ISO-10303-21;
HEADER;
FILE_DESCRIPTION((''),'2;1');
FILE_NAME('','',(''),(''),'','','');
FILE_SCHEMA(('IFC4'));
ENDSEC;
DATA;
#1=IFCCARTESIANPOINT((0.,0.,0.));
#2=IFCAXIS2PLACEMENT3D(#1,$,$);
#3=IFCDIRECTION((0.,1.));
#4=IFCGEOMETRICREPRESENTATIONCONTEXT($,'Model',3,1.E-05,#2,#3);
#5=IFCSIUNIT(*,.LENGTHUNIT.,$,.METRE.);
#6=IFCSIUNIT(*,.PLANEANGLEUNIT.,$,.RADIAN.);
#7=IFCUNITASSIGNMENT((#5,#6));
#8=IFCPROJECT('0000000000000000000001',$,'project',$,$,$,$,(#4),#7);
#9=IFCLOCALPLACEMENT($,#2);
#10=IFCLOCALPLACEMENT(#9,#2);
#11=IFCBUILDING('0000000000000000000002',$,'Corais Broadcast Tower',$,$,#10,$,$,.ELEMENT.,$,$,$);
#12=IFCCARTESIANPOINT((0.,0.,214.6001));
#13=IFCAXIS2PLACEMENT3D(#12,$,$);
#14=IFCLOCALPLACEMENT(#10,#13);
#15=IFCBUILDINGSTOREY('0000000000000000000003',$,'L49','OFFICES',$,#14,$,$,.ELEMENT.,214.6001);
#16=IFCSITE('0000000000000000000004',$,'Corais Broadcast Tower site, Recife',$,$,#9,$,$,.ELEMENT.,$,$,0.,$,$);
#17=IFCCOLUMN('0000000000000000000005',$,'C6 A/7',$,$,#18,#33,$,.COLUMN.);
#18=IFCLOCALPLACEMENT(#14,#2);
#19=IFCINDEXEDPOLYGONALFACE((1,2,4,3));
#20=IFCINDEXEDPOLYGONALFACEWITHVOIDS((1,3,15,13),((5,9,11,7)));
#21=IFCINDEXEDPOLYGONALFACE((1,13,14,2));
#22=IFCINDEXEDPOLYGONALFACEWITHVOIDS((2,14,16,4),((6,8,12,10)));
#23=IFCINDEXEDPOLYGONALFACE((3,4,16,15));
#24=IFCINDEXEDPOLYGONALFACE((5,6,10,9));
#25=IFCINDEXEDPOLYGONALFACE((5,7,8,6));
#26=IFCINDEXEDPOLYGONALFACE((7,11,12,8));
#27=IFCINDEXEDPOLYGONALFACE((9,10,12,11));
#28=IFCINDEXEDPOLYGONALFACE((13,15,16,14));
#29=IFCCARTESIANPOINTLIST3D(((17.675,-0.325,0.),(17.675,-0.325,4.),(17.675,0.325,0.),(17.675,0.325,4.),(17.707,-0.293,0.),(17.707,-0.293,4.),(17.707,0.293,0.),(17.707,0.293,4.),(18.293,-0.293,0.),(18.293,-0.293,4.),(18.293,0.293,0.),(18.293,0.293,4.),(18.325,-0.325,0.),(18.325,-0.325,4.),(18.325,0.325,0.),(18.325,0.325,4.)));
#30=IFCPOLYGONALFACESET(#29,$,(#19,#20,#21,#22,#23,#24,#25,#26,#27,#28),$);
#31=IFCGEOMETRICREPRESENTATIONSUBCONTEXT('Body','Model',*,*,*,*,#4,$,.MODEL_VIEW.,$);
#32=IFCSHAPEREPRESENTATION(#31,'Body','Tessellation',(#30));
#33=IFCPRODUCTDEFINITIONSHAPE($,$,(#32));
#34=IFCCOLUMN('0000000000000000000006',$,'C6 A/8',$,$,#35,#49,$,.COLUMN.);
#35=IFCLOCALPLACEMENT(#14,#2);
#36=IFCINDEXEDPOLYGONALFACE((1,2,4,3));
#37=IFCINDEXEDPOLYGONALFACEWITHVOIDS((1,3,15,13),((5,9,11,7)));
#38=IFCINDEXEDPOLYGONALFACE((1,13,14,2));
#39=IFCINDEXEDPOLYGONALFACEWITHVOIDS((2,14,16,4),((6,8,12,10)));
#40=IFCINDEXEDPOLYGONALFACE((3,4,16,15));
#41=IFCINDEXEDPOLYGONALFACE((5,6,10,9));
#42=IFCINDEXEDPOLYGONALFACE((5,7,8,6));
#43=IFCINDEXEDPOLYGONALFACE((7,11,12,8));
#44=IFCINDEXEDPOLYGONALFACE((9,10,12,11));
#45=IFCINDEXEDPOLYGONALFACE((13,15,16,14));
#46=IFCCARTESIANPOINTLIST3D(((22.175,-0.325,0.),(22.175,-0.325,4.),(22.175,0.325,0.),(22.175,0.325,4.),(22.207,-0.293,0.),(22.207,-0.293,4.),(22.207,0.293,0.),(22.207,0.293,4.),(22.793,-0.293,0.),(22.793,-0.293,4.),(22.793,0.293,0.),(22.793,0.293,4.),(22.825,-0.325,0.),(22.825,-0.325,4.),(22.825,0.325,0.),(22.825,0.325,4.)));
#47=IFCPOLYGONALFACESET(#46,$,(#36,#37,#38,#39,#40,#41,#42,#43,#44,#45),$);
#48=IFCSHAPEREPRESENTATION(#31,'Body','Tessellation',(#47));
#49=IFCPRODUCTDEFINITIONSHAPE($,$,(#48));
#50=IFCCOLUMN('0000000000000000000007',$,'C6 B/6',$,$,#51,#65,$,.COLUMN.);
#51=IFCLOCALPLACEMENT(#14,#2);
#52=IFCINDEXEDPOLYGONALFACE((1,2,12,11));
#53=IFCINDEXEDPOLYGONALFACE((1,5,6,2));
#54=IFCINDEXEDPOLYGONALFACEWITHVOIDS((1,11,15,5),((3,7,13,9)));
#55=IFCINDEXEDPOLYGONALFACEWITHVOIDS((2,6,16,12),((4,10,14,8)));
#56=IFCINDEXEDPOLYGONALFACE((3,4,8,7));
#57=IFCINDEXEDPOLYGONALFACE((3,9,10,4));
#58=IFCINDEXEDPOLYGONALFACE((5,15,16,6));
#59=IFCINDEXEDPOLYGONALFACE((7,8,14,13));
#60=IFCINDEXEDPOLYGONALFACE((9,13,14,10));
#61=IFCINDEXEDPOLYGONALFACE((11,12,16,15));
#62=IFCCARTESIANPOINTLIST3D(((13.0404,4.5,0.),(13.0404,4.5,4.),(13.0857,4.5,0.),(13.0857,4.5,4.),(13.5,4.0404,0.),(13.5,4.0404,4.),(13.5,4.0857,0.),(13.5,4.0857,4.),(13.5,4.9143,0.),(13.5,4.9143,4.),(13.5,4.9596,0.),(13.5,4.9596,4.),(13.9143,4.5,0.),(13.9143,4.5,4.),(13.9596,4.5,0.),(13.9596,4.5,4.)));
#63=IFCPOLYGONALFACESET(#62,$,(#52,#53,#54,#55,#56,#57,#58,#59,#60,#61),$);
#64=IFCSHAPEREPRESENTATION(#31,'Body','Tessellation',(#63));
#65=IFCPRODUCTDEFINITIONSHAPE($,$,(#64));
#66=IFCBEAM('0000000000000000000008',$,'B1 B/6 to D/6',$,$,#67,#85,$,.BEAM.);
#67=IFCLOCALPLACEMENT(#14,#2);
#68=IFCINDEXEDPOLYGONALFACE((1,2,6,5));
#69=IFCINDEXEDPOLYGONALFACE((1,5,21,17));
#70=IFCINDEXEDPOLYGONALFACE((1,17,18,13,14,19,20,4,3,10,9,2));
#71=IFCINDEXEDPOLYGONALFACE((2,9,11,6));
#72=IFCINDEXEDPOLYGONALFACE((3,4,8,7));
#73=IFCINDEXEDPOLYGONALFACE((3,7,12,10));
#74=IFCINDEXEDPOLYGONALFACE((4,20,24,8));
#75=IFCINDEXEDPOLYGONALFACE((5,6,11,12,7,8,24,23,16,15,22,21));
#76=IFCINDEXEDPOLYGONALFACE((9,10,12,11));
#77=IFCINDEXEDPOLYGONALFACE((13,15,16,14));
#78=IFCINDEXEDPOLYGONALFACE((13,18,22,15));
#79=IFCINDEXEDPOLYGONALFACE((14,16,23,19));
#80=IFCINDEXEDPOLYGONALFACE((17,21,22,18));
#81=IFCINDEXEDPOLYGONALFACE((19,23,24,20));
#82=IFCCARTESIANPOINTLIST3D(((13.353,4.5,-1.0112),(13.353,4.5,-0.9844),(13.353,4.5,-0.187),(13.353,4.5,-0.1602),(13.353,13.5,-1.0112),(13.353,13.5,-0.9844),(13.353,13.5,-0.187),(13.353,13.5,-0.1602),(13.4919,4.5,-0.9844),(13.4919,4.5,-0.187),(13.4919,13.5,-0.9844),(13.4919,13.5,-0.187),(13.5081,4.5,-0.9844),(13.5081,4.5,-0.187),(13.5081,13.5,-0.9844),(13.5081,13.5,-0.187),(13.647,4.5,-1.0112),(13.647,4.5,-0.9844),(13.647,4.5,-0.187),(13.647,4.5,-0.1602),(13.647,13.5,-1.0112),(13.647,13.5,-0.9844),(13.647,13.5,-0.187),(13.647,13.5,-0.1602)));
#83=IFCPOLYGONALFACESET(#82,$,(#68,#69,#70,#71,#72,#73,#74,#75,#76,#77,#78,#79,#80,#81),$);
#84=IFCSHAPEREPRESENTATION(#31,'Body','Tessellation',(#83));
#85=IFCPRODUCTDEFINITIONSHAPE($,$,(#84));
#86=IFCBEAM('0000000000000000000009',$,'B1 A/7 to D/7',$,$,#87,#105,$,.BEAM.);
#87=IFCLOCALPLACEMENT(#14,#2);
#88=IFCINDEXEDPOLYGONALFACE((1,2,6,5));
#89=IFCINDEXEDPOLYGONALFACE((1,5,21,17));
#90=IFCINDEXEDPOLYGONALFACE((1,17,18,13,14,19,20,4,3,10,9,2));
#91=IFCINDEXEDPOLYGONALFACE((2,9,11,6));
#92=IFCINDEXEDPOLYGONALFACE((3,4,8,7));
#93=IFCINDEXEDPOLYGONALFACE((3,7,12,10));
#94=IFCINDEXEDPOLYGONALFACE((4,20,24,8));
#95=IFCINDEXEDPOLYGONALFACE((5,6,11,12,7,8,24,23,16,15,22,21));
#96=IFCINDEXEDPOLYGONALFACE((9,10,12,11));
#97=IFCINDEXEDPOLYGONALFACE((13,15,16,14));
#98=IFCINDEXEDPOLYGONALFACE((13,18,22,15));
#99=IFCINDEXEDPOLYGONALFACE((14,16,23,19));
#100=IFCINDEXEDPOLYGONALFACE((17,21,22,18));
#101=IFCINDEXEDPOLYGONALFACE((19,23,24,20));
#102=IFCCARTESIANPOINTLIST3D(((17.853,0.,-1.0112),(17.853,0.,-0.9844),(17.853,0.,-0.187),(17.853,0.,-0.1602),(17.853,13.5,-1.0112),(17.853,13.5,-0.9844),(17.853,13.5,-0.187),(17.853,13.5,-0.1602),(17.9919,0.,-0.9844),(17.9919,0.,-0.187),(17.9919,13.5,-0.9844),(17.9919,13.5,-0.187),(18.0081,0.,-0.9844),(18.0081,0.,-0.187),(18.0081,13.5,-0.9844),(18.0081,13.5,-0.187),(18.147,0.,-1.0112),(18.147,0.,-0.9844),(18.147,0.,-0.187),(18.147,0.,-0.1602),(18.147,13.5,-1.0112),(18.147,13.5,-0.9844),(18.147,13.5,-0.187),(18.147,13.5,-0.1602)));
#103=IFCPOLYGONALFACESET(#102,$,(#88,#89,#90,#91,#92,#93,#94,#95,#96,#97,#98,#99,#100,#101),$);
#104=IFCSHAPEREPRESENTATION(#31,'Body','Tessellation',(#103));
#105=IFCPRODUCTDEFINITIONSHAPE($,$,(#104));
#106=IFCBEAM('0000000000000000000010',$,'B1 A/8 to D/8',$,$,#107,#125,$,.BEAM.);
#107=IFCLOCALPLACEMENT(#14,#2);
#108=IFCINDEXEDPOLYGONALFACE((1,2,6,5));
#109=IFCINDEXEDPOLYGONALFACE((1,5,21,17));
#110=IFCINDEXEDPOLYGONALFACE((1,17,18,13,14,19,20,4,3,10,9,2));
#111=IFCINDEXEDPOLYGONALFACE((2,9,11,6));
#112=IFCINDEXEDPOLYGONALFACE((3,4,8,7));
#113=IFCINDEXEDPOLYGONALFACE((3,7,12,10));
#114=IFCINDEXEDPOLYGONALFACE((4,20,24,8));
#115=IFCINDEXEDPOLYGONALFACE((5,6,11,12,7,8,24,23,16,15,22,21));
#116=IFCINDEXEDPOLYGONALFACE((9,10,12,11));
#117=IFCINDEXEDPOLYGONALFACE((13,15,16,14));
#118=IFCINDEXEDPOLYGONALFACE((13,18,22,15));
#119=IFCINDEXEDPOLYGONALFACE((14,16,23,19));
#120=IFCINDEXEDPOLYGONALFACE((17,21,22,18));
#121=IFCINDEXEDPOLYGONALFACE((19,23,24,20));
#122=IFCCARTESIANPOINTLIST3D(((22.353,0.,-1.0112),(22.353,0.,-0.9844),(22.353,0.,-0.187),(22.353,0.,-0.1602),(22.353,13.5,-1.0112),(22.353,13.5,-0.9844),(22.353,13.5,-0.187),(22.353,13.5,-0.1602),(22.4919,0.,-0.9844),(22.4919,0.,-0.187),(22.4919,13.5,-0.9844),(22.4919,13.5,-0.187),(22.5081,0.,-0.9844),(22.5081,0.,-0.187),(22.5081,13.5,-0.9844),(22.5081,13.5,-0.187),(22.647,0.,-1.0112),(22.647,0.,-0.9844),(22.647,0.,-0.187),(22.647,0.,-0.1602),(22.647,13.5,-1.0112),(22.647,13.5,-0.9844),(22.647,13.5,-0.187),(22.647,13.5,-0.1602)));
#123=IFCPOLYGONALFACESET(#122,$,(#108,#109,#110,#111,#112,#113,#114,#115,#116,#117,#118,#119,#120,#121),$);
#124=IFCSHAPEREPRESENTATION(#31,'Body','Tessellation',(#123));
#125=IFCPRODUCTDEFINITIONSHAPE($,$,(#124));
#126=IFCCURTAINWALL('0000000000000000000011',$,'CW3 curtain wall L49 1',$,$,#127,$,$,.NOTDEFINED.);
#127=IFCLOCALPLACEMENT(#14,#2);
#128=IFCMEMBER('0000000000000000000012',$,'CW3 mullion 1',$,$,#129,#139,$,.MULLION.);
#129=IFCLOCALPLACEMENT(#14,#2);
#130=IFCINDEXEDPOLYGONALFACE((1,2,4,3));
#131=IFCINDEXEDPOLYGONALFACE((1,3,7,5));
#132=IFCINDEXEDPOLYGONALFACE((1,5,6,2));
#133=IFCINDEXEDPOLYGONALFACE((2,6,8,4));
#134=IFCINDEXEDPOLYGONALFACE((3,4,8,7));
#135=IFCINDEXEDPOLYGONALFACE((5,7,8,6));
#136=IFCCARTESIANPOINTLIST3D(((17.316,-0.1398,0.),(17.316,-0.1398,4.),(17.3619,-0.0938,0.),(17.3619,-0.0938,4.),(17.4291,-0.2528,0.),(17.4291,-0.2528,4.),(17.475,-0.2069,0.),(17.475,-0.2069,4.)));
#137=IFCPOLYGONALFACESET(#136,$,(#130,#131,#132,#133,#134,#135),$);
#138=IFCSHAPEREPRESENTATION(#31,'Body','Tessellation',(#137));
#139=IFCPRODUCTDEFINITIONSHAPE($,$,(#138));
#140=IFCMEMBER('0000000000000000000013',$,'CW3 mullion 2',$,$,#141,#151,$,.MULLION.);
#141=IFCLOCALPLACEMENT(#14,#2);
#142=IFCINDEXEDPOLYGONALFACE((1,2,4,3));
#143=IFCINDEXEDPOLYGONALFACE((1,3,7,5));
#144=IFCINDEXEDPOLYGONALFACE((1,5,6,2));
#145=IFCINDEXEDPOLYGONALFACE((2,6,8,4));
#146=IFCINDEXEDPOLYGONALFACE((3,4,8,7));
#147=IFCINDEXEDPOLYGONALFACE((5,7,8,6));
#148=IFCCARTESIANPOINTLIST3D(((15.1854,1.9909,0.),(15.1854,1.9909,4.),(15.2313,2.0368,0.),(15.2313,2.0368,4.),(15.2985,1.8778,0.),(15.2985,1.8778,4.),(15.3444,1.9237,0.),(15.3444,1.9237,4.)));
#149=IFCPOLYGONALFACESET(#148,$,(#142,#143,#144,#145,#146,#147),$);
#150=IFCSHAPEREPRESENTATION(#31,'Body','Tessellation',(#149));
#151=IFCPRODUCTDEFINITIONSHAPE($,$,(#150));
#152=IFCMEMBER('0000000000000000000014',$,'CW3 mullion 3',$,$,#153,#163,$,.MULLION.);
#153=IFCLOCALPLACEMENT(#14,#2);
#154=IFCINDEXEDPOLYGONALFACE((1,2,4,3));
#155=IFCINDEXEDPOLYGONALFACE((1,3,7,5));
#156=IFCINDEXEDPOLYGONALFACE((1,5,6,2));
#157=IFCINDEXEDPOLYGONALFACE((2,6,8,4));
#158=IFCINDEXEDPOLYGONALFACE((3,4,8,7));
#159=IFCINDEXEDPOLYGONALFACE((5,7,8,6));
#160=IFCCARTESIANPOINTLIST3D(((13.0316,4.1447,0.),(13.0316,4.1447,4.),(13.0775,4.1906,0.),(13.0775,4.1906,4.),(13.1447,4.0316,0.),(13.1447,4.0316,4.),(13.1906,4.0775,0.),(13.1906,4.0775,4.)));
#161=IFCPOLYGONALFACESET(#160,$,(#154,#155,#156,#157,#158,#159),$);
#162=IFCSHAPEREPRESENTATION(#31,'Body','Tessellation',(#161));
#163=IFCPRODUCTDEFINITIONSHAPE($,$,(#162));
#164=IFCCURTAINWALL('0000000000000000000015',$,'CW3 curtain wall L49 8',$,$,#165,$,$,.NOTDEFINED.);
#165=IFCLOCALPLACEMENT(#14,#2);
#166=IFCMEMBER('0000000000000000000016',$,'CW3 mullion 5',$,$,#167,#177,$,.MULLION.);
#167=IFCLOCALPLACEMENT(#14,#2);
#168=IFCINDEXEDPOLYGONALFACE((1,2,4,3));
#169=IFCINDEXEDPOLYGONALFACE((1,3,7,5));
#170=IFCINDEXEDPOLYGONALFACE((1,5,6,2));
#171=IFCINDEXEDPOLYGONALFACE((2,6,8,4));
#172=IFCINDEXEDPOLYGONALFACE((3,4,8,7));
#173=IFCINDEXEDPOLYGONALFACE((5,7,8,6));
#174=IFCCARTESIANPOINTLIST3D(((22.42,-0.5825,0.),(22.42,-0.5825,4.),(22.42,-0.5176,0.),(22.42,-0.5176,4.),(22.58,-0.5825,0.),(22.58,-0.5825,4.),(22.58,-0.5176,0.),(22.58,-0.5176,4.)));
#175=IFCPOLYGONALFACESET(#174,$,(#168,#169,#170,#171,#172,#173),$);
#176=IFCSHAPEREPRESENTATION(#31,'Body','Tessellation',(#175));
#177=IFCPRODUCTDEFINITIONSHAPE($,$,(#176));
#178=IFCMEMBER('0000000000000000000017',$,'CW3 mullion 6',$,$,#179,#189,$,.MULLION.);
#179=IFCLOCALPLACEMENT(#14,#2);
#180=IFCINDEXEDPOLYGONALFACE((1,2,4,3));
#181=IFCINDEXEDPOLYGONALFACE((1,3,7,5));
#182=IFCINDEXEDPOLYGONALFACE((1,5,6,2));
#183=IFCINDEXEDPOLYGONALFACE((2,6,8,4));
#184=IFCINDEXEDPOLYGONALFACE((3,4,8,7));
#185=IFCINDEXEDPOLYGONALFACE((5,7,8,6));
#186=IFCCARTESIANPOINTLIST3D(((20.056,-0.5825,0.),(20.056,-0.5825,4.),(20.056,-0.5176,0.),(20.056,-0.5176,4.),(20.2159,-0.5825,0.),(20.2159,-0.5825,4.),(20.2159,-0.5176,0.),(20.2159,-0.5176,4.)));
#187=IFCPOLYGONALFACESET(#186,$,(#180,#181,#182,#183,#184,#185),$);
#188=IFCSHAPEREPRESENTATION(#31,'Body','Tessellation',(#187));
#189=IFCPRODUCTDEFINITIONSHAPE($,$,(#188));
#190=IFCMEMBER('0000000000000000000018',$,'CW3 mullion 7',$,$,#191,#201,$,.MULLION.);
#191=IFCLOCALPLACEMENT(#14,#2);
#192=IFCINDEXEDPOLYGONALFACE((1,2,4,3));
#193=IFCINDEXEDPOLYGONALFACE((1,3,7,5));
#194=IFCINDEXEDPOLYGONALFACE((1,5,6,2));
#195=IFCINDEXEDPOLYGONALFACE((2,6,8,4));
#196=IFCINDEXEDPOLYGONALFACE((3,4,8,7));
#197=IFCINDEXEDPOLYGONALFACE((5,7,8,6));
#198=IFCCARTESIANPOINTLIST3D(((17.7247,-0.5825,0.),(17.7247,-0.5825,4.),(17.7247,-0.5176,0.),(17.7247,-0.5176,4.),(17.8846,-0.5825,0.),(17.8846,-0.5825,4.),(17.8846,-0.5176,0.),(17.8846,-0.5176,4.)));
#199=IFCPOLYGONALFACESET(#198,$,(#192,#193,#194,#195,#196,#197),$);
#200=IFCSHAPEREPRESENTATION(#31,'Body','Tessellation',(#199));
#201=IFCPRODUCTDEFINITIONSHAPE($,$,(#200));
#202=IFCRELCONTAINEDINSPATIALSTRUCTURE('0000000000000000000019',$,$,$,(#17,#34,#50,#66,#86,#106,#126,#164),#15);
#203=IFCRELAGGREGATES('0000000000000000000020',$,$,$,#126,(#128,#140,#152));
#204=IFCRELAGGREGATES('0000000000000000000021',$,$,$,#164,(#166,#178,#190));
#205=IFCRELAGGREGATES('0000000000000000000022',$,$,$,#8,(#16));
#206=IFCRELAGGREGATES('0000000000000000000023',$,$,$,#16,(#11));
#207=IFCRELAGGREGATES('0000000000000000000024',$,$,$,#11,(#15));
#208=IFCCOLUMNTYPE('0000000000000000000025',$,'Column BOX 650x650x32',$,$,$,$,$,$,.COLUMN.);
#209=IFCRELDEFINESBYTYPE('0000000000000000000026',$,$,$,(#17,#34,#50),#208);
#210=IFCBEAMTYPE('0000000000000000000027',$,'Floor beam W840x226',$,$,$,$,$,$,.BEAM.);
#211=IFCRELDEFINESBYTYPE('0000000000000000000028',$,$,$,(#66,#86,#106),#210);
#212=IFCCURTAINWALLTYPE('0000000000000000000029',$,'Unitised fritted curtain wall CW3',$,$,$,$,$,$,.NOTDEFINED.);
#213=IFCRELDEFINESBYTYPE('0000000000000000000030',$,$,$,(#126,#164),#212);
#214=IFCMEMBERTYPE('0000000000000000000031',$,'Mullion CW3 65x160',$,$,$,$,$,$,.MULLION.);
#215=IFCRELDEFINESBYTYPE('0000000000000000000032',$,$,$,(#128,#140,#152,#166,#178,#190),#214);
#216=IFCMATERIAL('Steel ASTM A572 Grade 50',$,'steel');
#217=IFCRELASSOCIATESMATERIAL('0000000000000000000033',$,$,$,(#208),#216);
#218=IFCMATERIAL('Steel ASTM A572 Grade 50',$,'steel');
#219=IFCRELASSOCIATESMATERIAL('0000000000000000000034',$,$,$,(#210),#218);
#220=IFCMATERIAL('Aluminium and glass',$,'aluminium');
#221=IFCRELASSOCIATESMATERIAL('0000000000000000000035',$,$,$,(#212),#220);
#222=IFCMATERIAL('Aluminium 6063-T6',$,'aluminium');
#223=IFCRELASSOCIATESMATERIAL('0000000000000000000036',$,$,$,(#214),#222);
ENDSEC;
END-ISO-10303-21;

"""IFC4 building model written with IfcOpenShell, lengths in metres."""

from ifc_helpers import new_model, si_unit, direction, frame, origin, origin_2d, place, context, subcontext, project, spatial, rectangle, hollow_rectangle, i_section, extrude, material, material_profile, profile_set, type_object, element, aggregate, save


model = new_model("IFC4")

# Units and contexts
model_context = context("Model", 3, precision=1e-05, world=origin(), true_north=direction((0.0, 1.0)))
body_context = subcontext(model_context, "Body", "Model", "MODEL_VIEW")
ifc_project = project(units=[si_unit("LENGTHUNIT", "METRE"), si_unit("PLANEANGLEUNIT", "RADIAN")], contexts=[model_context])

# Site, building, storey
site_placement = place(None, origin())
site = spatial("IfcSite", under=ifc_project, at=site_placement, Name="Corais Broadcast Tower site, Recife", CompositionType="ELEMENT", RefElevation=0.0)
building_placement = place(site_placement, origin())
building = spatial("IfcBuilding", under=site, at=building_placement, Name="Corais Broadcast Tower", CompositionType="ELEMENT")
storey_placement = place(building_placement, frame((0.0, 0.0, 214.6001)))
storey = spatial("IfcBuildingStorey", under=building, at=storey_placement, Name="L49", Description="OFFICES", CompositionType="ELEMENT", Elevation=214.6001)

# Columns
ifc_material_1 = material(Name="Steel ASTM A572 Grade 50", Category="steel")
ifc_material_profile_1 = material_profile(ifc_material_1, hollow_rectangle(XDim=0.6499, YDim=0.6499, WallThickness=0.032, at=origin_2d()), Name="BOX 650x650x32")
ifc_profile_set_1 = profile_set([ifc_material_profile_1], Name="Steel ASTM A572 Grade 50")
column_type = type_object("IfcColumnType", Name="Column BOX 650x650x32", PredefinedType="COLUMN", material=ifc_profile_set_1)
for number, where, z_axis, x_axis, name in (
    (1, (18.0, 0.0, 0.0), (0.0, 0.0, 1.0), (1.0, 0.0, 0.0), "C6 A/7"),
    (2, (22.5, 0.0, 0.0), (0.0, 0.0, 1.0), (1.0, 0.0, 0.0), "C6 A/8"),
    (3, (13.5, 4.5, 0.0), (0.0, 0.0, 1.0), (0.707107, 0.707107, 0.0), "C6 B/6"),
):
    element("IfcColumn", number, at=place(storey_placement, frame(where, z_axis=z_axis, x_axis=x_axis)), inside=storey, type_object=column_type, Name=name, PredefinedType="COLUMN", context=body_context, shape_type="SweptSolid", body=[
        extrude(hollow_rectangle(XDim=0.6499, YDim=0.6499, WallThickness=0.032, at=origin_2d()), origin(), (0.0, 0.0, 1.0), 4.0),
    ])

# Beams
ifc_material_2 = material(Name="Steel ASTM A572 Grade 50", Category="steel")
ifc_material_profile_2 = material_profile(ifc_material_2, i_section(OverallWidth=0.2939, OverallDepth=0.8511, WebThickness=0.0161, FlangeThickness=0.0269, at=origin_2d()), Name="W840x226")
ifc_profile_set_2 = profile_set([ifc_material_profile_2], Name="Steel ASTM A572 Grade 50")
beam_type_1 = type_object("IfcBeamType", Name="Floor beam W840x226", PredefinedType="BEAM", material=ifc_profile_set_2)
beam_1_placement = place(storey_placement, frame((13.5, 4.5, -0.5857), z_axis=(0.0, 1.0, 0.0), x_axis=(-1.0, 0.0, 0.0)))
element("IfcBeam", 4, at=beam_1_placement, inside=storey, type_object=beam_type_1, Name="B1 B/6 to D/6", PredefinedType="BEAM", context=body_context, shape_type="SweptSolid", body=[
    extrude(i_section(OverallWidth=0.2939, OverallDepth=0.8511, WebThickness=0.0161, FlangeThickness=0.0269, at=origin_2d()), origin(), (0.0, 0.0, 1.0), 9.0),
])
for number, where, z_axis, x_axis, name in (
    (5, (18.0, 0.0, -0.5857), (0.0, 1.0, 0.0), (-1.0, 0.0, 0.0), "B1 A/7 to D/7"),
    (6, (22.5, 0.0, -0.5857), (0.0, 1.0, 0.0), (-1.0, 0.0, 0.0), "B1 A/8 to D/8"),
):
    element("IfcBeam", number, at=place(storey_placement, frame(where, z_axis=z_axis, x_axis=x_axis)), inside=storey, type_object=beam_type_1, Name=name, PredefinedType="BEAM", context=body_context, shape_type="SweptSolid", body=[
        extrude(i_section(OverallWidth=0.2939, OverallDepth=0.8511, WebThickness=0.0161, FlangeThickness=0.0269, at=origin_2d()), origin(), (0.0, 0.0, 1.0), 13.5),
    ])

# Curtain walls, members
ifc_material_3 = material(Name="Aluminium and glass", Category="aluminium")
curtain_wall_type = type_object("IfcCurtainWallType", Name="Unitised fritted curtain wall CW3", PredefinedType="NOTDEFINED", material=ifc_material_3)
curtain_wall_1_placement = place(storey_placement, origin())
curtain_wall_1 = element("IfcCurtainWall", 7, at=curtain_wall_1_placement, inside=storey, type_object=curtain_wall_type, Name="CW3 curtain wall L49 1", PredefinedType="NOTDEFINED")
ifc_material_4 = material(Name="Aluminium 6063-T6", Category="aluminium")
ifc_material_profile_3 = material_profile(ifc_material_4, rectangle(XDim=0.0649, YDim=0.1599, at=origin_2d()), Name="Mullion CW3 65x160")
ifc_profile_set_3 = profile_set([ifc_material_profile_3], Name="Aluminium 6063-T6")
member_type_1 = type_object("IfcMemberType", Name="Mullion CW3 65x160", PredefinedType="MULLION", material=ifc_profile_set_3)
member_1_placement = place(storey_placement, frame((17.3955, -0.1733, 0.0), z_axis=(0.0, 0.0, 1.0), x_axis=(-0.707107, -0.707107, 0.0)))
member_1 = element("IfcMember", 8, at=member_1_placement, type_object=member_type_1, Name="CW3 mullion 1", PredefinedType="MULLION", context=body_context, shape_type="SweptSolid", body=[
    extrude(rectangle(XDim=0.0649, YDim=0.1599, at=origin_2d()), origin(), (0.0, 0.0, 1.0), 4.0),
])
member_2_placement = place(storey_placement, frame((15.2649, 1.9573, 0.0), z_axis=(0.0, 0.0, 1.0), x_axis=(-0.707107, -0.707107, 0.0)))
member_2 = element("IfcMember", 9, at=member_2_placement, type_object=member_type_1, Name="CW3 mullion 2", PredefinedType="MULLION", context=body_context, shape_type="SweptSolid", body=[
    extrude(rectangle(XDim=0.0649, YDim=0.1599, at=origin_2d()), origin(), (0.0, 0.0, 1.0), 4.0),
])
member_3_placement = place(storey_placement, frame((13.1111, 4.1111, 0.0), z_axis=(0.0, 0.0, 1.0), x_axis=(-0.707107, -0.707107, 0.0)))
member_3 = element("IfcMember", 10, at=member_3_placement, type_object=member_type_1, Name="CW3 mullion 3", PredefinedType="MULLION", context=body_context, shape_type="SweptSolid", body=[
    extrude(rectangle(XDim=0.0649, YDim=0.1599, at=origin_2d()), origin(), (0.0, 0.0, 1.0), 4.0),
])
curtain_wall_2_placement = place(storey_placement, origin())
curtain_wall_2 = element("IfcCurtainWall", 11, at=curtain_wall_2_placement, inside=storey, type_object=curtain_wall_type, Name="CW3 curtain wall L49 8", PredefinedType="NOTDEFINED")
member_4_placement = place(storey_placement, frame((22.5, -0.55, 0.0), z_axis=(0.0, 0.0, 1.0), x_axis=(0.0, -1.0, 0.0)))
member_4 = element("IfcMember", 12, at=member_4_placement, type_object=member_type_1, Name="CW3 mullion 5", PredefinedType="MULLION", context=body_context, shape_type="SweptSolid", body=[
    extrude(rectangle(XDim=0.0649, YDim=0.1599, at=origin_2d()), origin(), (0.0, 0.0, 1.0), 4.0),
])
member_5_placement = place(storey_placement, frame((20.136, -0.55, 0.0), z_axis=(0.0, 0.0, 1.0), x_axis=(0.0, -1.0, 0.0)))
member_5 = element("IfcMember", 13, at=member_5_placement, type_object=member_type_1, Name="CW3 mullion 6", PredefinedType="MULLION", context=body_context, shape_type="SweptSolid", body=[
    extrude(rectangle(XDim=0.0649, YDim=0.1599, at=origin_2d()), origin(), (0.0, 0.0, 1.0), 4.0),
])
member_6_placement = place(storey_placement, frame((17.8047, -0.55, 0.0), z_axis=(0.0, 0.0, 1.0), x_axis=(0.0, -1.0, 0.0)))
member_6 = element("IfcMember", 14, at=member_6_placement, type_object=member_type_1, Name="CW3 mullion 7", PredefinedType="MULLION", context=body_context, shape_type="SweptSolid", body=[
    extrude(rectangle(XDim=0.0649, YDim=0.1599, at=origin_2d()), origin(), (0.0, 0.0, 1.0), 4.0),
])

aggregate(curtain_wall_1, [member_1, member_2, member_3])
aggregate(curtain_wall_2, [member_4, member_5, member_6])

save(model, "model.ifc")
